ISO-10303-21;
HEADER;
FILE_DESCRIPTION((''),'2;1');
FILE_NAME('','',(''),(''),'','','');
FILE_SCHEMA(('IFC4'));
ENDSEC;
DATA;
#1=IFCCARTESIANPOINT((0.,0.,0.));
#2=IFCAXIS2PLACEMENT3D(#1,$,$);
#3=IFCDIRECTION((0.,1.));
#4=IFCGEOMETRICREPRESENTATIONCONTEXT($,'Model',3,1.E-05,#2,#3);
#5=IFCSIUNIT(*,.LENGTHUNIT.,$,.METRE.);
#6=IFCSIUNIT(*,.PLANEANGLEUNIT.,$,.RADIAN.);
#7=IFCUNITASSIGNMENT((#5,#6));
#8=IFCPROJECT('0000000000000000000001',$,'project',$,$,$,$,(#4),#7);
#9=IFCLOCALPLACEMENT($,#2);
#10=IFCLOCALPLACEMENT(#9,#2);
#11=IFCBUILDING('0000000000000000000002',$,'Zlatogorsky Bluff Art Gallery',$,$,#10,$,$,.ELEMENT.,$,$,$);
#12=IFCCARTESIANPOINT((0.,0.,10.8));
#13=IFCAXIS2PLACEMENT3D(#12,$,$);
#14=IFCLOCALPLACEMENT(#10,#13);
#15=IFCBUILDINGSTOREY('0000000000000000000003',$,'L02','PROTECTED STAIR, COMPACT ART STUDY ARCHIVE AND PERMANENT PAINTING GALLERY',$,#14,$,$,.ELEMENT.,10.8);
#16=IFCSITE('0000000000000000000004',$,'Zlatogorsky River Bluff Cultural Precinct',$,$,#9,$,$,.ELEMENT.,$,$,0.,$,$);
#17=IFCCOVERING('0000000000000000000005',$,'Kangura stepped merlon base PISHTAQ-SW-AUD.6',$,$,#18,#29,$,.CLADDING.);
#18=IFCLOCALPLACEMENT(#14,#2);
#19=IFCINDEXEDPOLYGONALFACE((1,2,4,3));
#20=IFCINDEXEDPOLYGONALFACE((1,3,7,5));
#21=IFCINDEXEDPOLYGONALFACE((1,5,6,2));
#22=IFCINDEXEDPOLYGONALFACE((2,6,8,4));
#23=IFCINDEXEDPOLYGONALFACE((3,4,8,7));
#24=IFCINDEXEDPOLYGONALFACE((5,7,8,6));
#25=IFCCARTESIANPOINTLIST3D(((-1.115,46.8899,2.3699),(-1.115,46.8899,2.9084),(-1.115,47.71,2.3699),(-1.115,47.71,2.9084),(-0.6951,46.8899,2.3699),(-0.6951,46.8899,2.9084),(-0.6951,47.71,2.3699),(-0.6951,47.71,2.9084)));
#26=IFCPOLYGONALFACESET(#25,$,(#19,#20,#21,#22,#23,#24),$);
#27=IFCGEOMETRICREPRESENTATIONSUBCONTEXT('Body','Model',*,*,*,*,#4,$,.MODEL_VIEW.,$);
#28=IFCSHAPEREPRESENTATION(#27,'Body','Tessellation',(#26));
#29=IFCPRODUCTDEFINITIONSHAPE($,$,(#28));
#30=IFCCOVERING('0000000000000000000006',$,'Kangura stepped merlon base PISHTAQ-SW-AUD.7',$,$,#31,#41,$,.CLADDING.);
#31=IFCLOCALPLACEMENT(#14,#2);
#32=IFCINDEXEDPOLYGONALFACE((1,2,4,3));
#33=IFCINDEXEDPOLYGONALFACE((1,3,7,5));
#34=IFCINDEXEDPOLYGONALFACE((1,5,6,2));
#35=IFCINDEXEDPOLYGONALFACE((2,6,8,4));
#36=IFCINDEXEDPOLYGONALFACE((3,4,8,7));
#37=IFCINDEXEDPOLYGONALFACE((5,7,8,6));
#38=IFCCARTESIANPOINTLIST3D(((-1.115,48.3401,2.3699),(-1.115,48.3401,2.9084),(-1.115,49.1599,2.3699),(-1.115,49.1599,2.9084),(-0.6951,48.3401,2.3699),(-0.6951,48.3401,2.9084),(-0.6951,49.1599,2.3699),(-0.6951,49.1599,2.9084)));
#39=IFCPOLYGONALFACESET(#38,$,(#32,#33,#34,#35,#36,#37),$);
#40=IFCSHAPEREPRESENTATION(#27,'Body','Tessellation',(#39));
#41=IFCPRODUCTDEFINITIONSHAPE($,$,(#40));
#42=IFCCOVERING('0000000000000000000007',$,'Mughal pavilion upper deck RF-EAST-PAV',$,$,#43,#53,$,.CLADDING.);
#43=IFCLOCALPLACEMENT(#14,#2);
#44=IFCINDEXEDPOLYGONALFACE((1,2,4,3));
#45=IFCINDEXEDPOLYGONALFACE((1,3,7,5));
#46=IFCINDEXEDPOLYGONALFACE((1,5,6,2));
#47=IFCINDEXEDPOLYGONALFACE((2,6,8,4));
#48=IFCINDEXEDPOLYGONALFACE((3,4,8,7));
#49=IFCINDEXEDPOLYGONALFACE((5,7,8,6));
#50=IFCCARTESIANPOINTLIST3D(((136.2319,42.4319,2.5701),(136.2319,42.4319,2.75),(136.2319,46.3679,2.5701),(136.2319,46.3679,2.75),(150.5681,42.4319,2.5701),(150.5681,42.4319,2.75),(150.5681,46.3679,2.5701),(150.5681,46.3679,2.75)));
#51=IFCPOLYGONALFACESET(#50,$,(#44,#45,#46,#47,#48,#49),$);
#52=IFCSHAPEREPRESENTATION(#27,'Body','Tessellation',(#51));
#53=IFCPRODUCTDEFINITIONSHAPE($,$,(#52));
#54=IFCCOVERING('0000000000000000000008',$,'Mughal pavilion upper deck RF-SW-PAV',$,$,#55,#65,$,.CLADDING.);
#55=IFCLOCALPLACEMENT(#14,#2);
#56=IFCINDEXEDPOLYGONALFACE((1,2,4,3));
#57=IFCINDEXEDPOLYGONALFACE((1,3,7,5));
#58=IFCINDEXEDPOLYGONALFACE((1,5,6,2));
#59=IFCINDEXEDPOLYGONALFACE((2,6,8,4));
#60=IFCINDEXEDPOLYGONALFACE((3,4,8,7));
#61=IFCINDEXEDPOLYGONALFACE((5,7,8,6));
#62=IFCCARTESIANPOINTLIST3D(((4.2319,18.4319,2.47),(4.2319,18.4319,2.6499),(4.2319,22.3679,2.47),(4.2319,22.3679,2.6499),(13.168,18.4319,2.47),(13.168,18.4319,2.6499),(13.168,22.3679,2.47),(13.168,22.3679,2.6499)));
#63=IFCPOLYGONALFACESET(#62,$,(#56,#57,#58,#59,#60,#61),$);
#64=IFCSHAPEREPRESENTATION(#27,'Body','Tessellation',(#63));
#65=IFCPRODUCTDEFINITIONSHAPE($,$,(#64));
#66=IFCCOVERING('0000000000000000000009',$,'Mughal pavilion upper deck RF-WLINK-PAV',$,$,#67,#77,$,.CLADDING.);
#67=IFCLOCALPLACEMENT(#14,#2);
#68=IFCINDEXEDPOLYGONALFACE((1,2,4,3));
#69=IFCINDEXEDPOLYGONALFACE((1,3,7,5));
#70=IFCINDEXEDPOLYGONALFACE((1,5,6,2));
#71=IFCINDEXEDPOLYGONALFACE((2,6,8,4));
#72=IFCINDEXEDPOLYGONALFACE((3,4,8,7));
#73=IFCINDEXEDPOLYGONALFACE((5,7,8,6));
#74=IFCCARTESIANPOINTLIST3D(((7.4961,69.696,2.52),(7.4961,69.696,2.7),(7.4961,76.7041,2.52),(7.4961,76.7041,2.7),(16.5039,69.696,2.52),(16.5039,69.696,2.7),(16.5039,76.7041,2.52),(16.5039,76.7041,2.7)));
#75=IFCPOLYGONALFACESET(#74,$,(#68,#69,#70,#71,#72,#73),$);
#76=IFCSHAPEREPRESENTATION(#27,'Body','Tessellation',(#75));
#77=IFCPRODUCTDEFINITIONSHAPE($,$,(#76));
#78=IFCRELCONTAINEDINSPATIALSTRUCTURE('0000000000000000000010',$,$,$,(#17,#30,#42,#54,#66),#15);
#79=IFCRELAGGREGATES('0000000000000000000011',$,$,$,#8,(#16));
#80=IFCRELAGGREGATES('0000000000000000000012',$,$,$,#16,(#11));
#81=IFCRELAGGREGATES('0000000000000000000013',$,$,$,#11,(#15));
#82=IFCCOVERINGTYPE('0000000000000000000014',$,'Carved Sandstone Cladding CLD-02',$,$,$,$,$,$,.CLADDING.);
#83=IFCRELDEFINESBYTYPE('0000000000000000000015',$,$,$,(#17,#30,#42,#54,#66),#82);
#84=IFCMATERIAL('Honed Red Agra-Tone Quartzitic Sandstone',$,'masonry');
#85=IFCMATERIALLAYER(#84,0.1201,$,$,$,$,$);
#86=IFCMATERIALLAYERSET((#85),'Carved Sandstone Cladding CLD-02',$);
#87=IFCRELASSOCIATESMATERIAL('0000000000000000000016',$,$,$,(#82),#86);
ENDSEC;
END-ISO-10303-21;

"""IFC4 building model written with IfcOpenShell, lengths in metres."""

from ifc_helpers import new_model, si_unit, direction, frame, origin, place, context, subcontext, project, spatial, polyline, outline, extrude, material, layer, layer_set, type_object, element, save


model = new_model("IFC4")

# Units and contexts
model_context = context("Model", 3, precision=1e-05, world=origin(), true_north=direction((0.0, 1.0)))
body_context = subcontext(model_context, "Body", "Model", "MODEL_VIEW")
ifc_project = project(units=[si_unit("LENGTHUNIT", "METRE"), si_unit("PLANEANGLEUNIT", "RADIAN")], contexts=[model_context])

# Site, building, storey
site_placement = place(None, origin())
site = spatial("IfcSite", under=ifc_project, at=site_placement, Name="Zlatogorsky River Bluff Cultural Precinct", CompositionType="ELEMENT", RefElevation=0.0)
building_placement = place(site_placement, origin())
building = spatial("IfcBuilding", under=site, at=building_placement, Name="Zlatogorsky Bluff Art Gallery", CompositionType="ELEMENT")
storey_placement = place(building_placement, frame((0.0, 0.0, 10.8)))
storey = spatial("IfcBuildingStorey", under=building, at=storey_placement, Name="L02", Description="PROTECTED STAIR, COMPACT ART STUDY ARCHIVE AND PERMANENT PAINTING GALLERY", CompositionType="ELEMENT", Elevation=10.8)

# Coverings
ifc_material = material(Name="Honed Red Agra-Tone Quartzitic Sandstone", Category="masonry")
ifc_layer = layer(ifc_material, 0.1201)
ifc_layer_set = layer_set([ifc_layer], Name="Carved Sandstone Cladding CLD-02")
covering_type = type_object("IfcCoveringType", Name="Carved Sandstone Cladding CLD-02", PredefinedType="CLADDING", material=ifc_layer_set)
covering_1_placement = place(storey_placement, frame((0.0, 0.0, 2.3699)))
element("IfcCovering", 1, at=covering_1_placement, inside=storey, type_object=covering_type, Name="Kangura stepped merlon base PISHTAQ-SW-AUD.6", PredefinedType="CLADDING", context=body_context, shape_type="SweptSolid", body=[
    extrude(outline(polyline([(-1.115, 46.8899), (-1.115, 47.71), (-0.6951, 47.71), (-0.6951, 46.8899), (-1.115, 46.8899)])), origin(), (0.0, 0.0, 1.0), 0.5386),
])
covering_2_placement = place(storey_placement, frame((0.0, 0.0, 2.3699)))
element("IfcCovering", 2, at=covering_2_placement, inside=storey, type_object=covering_type, Name="Kangura stepped merlon base PISHTAQ-SW-AUD.7", PredefinedType="CLADDING", context=body_context, shape_type="SweptSolid", body=[
    extrude(outline(polyline([(-1.115, 48.3401), (-1.115, 49.1599), (-0.6951, 49.1599), (-0.6951, 48.3401), (-1.115, 48.3401)])), origin(), (0.0, 0.0, 1.0), 0.5386),
])
covering_3_placement = place(storey_placement, frame((0.0, 0.0, 2.5701)))
element("IfcCovering", 3, at=covering_3_placement, inside=storey, type_object=covering_type, Name="Mughal pavilion upper deck RF-EAST-PAV", PredefinedType="CLADDING", context=body_context, shape_type="SweptSolid", body=[
    extrude(outline(polyline([(136.2319, 42.4319), (150.5681, 42.4319), (150.5681, 46.3679), (136.2319, 46.3679), (136.2319, 42.4319)])), origin(), (0.0, 0.0, 1.0), 0.1799),
])
covering_4_placement = place(storey_placement, frame((0.0, 0.0, 2.47)))
element("IfcCovering", 4, at=covering_4_placement, inside=storey, type_object=covering_type, Name="Mughal pavilion upper deck RF-SW-PAV", PredefinedType="CLADDING", context=body_context, shape_type="SweptSolid", body=[
    extrude(outline(polyline([(4.2319, 18.4319), (13.168, 18.4319), (13.168, 22.3679), (4.2319, 22.3679), (4.2319, 18.4319)])), origin(), (0.0, 0.0, 1.0), 0.1799),
])
covering_5_placement = place(storey_placement, frame((0.0, 0.0, 2.52)))
element("IfcCovering", 5, at=covering_5_placement, inside=storey, type_object=covering_type, Name="Mughal pavilion upper deck RF-WLINK-PAV", PredefinedType="CLADDING", context=body_context, shape_type="SweptSolid", body=[
    extrude(outline(polyline([(7.4961, 69.696), (16.5039, 69.696), (16.5039, 76.7041), (7.4961, 76.7041), (7.4961, 69.696)])), origin(), (0.0, 0.0, 1.0), 0.1799),
])

save(model, "model.ifc")
